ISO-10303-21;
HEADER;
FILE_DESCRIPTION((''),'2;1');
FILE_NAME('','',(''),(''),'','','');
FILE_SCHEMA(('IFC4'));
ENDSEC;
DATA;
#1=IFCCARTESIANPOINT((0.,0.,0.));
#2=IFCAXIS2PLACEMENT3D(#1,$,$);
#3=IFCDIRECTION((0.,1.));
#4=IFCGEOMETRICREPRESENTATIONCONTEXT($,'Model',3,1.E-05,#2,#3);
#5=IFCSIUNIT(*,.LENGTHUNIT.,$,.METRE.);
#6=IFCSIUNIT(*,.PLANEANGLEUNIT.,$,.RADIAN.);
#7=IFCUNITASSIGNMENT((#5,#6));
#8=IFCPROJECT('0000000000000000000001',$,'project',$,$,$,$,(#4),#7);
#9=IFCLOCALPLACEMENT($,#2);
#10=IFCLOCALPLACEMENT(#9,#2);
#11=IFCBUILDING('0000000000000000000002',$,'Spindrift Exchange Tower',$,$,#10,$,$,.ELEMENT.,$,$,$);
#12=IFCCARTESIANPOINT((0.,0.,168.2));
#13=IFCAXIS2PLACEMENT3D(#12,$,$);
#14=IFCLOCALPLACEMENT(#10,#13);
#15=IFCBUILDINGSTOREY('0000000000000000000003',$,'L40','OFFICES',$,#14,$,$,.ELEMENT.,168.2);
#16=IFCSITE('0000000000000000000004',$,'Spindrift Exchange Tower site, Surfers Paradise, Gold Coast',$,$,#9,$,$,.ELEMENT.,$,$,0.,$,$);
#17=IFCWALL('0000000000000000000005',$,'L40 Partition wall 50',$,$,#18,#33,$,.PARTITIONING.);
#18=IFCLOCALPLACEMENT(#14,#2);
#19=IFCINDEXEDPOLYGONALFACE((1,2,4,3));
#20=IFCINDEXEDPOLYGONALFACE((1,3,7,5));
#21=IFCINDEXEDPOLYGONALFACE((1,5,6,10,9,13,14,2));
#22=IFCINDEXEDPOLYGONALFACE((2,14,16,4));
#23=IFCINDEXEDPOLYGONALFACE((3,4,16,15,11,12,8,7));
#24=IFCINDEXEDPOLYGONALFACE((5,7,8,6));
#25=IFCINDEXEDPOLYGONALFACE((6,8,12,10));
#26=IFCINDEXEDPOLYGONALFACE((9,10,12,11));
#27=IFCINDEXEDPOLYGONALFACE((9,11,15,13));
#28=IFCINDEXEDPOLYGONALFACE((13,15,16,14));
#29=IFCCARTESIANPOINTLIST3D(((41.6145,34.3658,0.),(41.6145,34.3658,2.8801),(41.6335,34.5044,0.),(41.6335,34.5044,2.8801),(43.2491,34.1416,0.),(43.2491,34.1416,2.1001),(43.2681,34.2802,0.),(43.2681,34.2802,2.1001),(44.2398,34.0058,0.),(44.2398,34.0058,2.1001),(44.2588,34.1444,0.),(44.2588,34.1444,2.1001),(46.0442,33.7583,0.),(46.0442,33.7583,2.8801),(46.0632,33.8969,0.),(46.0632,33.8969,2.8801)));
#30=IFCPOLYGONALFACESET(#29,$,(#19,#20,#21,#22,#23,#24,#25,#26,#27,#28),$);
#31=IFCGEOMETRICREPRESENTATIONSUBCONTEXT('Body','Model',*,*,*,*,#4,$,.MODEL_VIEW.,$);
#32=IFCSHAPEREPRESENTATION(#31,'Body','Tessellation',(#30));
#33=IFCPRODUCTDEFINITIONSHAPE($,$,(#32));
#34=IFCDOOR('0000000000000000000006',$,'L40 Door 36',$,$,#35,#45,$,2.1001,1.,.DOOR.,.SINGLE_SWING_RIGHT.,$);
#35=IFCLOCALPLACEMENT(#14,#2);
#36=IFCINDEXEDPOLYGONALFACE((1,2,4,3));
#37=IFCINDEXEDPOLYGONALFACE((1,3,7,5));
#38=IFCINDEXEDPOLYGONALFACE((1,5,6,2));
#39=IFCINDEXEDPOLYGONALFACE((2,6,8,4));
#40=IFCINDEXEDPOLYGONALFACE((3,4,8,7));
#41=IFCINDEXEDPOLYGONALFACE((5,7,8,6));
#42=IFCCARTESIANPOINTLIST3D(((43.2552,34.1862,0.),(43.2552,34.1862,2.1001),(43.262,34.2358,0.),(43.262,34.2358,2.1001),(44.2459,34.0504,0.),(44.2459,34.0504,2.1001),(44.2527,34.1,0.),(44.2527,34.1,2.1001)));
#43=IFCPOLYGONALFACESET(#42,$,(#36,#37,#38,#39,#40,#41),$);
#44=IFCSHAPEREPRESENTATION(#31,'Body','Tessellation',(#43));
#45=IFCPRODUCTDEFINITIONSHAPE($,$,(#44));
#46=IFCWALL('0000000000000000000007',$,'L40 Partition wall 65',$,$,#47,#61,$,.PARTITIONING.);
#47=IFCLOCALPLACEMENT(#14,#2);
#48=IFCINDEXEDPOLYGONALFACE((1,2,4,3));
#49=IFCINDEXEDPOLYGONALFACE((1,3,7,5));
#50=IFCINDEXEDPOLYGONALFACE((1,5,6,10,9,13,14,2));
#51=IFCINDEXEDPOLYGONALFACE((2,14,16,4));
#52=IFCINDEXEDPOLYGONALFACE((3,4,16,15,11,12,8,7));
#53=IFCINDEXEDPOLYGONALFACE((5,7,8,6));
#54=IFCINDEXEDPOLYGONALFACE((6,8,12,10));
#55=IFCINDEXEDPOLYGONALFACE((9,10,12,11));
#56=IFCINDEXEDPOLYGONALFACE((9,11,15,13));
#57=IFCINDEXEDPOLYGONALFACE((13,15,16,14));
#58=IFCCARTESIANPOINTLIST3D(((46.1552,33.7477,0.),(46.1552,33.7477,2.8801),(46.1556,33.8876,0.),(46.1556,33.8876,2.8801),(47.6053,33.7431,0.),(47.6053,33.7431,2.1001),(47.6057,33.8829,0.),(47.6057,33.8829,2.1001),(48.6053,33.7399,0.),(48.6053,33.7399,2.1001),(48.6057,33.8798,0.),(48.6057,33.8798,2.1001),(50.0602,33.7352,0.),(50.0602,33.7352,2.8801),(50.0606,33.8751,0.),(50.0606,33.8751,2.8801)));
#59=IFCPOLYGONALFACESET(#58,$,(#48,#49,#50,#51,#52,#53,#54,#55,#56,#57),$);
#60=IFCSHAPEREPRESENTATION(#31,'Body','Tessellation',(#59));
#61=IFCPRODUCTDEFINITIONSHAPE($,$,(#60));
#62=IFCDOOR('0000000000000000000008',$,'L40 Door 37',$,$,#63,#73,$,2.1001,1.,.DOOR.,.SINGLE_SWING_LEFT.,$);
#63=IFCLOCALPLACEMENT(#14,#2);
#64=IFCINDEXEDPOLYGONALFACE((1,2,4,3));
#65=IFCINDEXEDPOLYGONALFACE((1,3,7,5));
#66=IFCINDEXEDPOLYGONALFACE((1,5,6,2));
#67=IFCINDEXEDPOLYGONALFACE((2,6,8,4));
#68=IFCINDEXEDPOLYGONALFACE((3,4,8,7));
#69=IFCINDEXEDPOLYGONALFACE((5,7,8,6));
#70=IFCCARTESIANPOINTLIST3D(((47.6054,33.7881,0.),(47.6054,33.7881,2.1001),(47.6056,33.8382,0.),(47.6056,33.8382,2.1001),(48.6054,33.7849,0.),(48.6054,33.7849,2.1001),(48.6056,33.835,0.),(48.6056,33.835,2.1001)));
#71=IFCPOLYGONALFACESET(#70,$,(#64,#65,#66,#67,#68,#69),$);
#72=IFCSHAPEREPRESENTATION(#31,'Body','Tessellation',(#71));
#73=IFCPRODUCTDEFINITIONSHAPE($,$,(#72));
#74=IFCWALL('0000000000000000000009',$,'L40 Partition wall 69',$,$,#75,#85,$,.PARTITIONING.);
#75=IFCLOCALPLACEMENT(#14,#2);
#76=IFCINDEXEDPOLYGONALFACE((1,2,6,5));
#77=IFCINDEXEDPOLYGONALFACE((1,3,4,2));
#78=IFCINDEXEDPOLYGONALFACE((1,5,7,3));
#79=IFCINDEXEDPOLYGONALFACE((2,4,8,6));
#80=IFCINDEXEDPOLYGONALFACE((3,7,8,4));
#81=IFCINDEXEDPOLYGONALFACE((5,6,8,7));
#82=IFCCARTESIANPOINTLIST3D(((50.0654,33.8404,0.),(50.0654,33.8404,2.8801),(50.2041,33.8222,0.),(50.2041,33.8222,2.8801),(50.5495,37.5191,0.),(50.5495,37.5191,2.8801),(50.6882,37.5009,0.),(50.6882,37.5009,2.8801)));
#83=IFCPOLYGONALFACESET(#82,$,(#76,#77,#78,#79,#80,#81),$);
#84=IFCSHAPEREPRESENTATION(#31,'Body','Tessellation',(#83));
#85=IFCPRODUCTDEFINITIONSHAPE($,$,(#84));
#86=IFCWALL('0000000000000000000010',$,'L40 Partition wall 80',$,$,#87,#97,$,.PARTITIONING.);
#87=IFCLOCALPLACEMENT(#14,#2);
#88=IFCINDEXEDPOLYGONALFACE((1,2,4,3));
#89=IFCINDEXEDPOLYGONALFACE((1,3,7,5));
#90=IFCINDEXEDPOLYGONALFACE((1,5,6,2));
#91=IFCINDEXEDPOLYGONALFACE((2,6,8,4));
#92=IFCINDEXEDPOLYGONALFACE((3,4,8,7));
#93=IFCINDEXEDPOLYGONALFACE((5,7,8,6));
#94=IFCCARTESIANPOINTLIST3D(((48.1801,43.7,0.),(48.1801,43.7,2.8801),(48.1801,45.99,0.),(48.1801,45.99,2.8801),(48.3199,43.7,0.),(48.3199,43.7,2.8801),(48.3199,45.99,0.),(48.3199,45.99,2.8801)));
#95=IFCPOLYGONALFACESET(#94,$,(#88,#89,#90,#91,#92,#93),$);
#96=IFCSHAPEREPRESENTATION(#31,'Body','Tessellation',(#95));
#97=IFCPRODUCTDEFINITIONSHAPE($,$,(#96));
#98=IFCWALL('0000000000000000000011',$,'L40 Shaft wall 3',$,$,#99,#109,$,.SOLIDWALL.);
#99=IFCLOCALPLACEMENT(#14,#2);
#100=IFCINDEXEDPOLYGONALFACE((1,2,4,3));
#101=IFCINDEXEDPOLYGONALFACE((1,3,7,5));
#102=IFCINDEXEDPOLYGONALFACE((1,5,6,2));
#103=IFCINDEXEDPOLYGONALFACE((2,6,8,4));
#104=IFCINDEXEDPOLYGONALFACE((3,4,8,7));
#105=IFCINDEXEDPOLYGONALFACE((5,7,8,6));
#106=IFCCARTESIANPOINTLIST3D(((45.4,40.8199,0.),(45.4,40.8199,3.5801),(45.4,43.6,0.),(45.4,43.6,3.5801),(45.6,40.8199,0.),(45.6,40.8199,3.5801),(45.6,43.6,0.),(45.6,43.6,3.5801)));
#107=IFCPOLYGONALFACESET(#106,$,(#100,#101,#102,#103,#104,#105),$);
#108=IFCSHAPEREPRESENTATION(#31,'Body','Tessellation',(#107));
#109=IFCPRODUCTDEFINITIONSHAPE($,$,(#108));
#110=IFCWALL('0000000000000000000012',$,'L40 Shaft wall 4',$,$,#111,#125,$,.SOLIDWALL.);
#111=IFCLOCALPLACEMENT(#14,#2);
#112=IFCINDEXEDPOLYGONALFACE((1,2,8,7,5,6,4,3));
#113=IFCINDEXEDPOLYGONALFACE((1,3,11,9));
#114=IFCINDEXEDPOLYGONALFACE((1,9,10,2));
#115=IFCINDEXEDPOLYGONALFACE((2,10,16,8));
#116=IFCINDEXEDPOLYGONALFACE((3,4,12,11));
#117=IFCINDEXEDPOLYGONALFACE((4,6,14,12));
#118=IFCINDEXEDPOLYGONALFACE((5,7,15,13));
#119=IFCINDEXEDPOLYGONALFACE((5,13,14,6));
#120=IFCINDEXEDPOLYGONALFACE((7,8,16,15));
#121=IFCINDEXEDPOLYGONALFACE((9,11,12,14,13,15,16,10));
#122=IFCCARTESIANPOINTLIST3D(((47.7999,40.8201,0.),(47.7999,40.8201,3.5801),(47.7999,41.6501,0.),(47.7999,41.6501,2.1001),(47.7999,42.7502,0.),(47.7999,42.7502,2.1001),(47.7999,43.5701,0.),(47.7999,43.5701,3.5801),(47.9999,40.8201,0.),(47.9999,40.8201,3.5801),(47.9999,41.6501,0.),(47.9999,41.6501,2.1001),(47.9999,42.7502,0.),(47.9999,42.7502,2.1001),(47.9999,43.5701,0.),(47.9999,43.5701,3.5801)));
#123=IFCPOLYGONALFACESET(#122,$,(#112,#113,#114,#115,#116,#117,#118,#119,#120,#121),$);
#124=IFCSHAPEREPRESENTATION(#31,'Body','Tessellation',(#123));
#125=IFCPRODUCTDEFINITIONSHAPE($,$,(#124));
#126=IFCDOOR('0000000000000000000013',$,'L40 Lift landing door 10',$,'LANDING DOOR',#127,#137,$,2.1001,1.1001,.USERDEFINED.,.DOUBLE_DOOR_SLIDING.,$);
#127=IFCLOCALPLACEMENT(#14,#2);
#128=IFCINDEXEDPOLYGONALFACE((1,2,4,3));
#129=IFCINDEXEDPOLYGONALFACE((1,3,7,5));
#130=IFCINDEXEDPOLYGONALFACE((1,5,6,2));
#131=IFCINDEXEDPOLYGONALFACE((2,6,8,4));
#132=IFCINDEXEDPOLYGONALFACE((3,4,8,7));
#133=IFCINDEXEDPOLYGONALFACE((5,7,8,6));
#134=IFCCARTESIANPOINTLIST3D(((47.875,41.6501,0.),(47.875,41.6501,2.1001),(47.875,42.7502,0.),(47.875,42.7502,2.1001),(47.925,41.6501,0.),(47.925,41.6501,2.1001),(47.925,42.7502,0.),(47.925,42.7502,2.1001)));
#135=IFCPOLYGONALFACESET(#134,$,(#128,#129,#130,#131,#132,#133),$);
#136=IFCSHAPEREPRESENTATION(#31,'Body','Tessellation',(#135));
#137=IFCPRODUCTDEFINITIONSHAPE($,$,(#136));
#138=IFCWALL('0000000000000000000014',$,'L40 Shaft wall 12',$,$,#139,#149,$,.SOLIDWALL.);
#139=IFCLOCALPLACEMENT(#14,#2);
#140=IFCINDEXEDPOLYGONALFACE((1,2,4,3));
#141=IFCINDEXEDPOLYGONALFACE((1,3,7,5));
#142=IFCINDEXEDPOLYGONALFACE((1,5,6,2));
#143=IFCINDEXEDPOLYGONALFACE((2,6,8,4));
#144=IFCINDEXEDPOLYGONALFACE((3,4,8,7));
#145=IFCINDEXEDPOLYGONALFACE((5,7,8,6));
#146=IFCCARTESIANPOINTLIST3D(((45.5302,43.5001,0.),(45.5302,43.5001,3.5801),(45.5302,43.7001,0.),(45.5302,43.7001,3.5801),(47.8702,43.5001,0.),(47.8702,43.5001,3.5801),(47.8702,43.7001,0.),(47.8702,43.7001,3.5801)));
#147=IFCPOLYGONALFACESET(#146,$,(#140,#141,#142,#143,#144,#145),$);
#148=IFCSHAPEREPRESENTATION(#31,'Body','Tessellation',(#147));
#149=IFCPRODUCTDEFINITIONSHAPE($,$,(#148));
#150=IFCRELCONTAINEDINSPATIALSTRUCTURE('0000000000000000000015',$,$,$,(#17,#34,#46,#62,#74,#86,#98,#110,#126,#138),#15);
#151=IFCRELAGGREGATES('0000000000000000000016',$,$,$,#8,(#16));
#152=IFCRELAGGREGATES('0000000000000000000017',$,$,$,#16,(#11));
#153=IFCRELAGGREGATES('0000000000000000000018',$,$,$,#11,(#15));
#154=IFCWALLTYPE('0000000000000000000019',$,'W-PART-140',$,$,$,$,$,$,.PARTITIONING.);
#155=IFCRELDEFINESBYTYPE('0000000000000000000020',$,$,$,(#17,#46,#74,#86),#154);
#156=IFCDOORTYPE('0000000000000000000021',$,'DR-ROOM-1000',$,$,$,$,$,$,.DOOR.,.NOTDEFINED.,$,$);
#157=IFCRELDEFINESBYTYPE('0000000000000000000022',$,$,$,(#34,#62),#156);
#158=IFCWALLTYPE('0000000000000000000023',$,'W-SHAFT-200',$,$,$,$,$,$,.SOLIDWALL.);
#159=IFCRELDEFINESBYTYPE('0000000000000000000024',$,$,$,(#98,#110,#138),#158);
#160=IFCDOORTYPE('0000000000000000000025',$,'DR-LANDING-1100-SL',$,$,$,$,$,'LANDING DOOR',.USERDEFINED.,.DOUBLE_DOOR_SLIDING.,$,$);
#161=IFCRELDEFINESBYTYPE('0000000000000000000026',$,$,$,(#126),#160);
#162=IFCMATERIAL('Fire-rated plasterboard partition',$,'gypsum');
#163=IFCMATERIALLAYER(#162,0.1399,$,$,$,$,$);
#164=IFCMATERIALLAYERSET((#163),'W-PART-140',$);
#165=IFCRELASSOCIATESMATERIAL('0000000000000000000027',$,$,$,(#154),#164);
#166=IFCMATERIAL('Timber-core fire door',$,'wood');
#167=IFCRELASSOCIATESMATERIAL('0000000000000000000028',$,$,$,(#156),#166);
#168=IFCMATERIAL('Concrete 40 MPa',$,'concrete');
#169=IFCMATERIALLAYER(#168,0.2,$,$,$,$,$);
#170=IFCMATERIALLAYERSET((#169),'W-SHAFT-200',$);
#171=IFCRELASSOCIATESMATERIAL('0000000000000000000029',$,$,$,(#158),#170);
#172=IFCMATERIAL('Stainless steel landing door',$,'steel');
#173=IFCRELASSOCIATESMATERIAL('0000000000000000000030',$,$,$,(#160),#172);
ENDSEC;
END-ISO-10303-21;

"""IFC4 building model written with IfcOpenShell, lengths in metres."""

from ifc_helpers import new_model, si_unit, direction, frame, frame_2d, origin, place, context, subcontext, project, spatial, rectangle, extrude, source, transform, mapped, material, layer, layer_set, type_object, element, fill, save


model = new_model("IFC4")

# Units and contexts
model_context = context("Model", 3, precision=1e-05, world=origin(), true_north=direction((0.0, 1.0)))
body_context = subcontext(model_context, "Body", "Model", "MODEL_VIEW")
ifc_project = project(units=[si_unit("LENGTHUNIT", "METRE"), si_unit("PLANEANGLEUNIT", "RADIAN")], contexts=[model_context])

# Site, building, storey
site_placement = place(None, origin())
site = spatial("IfcSite", under=ifc_project, at=site_placement, Name="Spindrift Exchange Tower site, Surfers Paradise, Gold Coast", CompositionType="ELEMENT", RefElevation=0.0)
building_placement = place(site_placement, origin())
building = spatial("IfcBuilding", under=site, at=building_placement, Name="Spindrift Exchange Tower", CompositionType="ELEMENT")
storey_placement = place(building_placement, frame((0.0, 0.0, 168.2)))
storey = spatial("IfcBuildingStorey", under=building, at=storey_placement, Name="L40", Description="OFFICES", CompositionType="ELEMENT", Elevation=168.2)

# Shared definitions
ifc_material_1 = material(Name="Fire-rated plasterboard partition", Category="gypsum")
ifc_layer_1 = layer(ifc_material_1, 0.1399)
ifc_layer_set_1 = layer_set([ifc_layer_1], Name="W-PART-140")
wall_type_1 = type_object("IfcWallType", Name="W-PART-140", PredefinedType="PARTITIONING", material=ifc_layer_set_1)

# Walls, openings, doors
wall_1_placement = place(storey_placement, frame((46.0537, 33.8276, 0.0), z_axis=(0.0, 0.0, 1.0), x_axis=(-0.990729, 0.135854, 0.0)))
wall_1 = element("IfcWall", 1, at=wall_1_placement, inside=storey, type_object=wall_type_1, Name="L40 Partition wall 50", PredefinedType="PARTITIONING", context=body_context, shape_type="SweptSolid", body=[
    extrude(rectangle(XDim=4.4712, YDim=0.1399, at=frame_2d((2.2356, 0.0))), origin(), (0.0, 0.0, 1.0), 2.8801),
])
opening_1_placement = place(wall_1_placement, frame((1.8213, 0.0, 0.0)))
opening_1 = element("IfcOpeningElement", 2, at=opening_1_placement, cuts=wall_1, PredefinedType="OPENING", context=body_context, shape_type="SweptSolid", body=[
    extrude(rectangle(XDim=1.0, YDim=2.1001, at=frame_2d((0.5, 1.05))), frame((0.0, 0.0798, 0.0), z_axis=(0.0, -1.0, 0.0), x_axis=(1.0, 0.0, 0.0)), (0.0, 0.0, 1.0), 0.1599),
])
ifc_material_2 = material(Name="Timber-core fire door", Category="wood")
door_type_1 = type_object("IfcDoorType", Name="DR-ROOM-1000", OperationType="NOTDEFINED", PredefinedType="DOOR", material=ifc_material_2)
shared_shape_1 = source(origin(), body_context, "Body", "SweptSolid", [
    extrude(rectangle(XDim=1.0, YDim=2.1001, at=frame_2d((0.5, 1.05))), frame((0.0, 0.0249, 0.0), z_axis=(0.0, -1.0, 0.0), x_axis=(1.0, 0.0, 0.0)), (0.0, 0.0, 1.0), 0.05),
])
door_1_placement = place(opening_1_placement, origin())
door_1 = element("IfcDoor", 3, at=door_1_placement, inside=storey, type_object=door_type_1, Name="L40 Door 36", OperationType="SINGLE_SWING_RIGHT", OverallHeight=2.1001, OverallWidth=1.0, PredefinedType="DOOR", context=body_context, shape_type="MappedRepresentation", body=[
    mapped(shared_shape_1, transform((0.0, 0.0, 0.0), scale=1.0)),
])
fill(opening_1, door_1)
wall_2_placement = place(storey_placement, frame((50.0605, 33.8052, 0.0), z_axis=(0.0, 0.0, 1.0), x_axis=(-0.999995, 0.003188, 0.0)))
wall_2 = element("IfcWall", 4, at=wall_2_placement, inside=storey, type_object=wall_type_1, Name="L40 Partition wall 65", PredefinedType="PARTITIONING", context=body_context, shape_type="SweptSolid", body=[
    extrude(rectangle(XDim=3.905, YDim=0.1399, at=frame_2d((1.9526, 0.0))), origin(), (0.0, 0.0, 1.0), 2.8801),
])
opening_2_placement = place(wall_2_placement, frame((1.4551, 0.0, 0.0)))
opening_2 = element("IfcOpeningElement", 5, at=opening_2_placement, cuts=wall_2, PredefinedType="OPENING", context=body_context, shape_type="SweptSolid", body=[
    extrude(rectangle(XDim=1.0, YDim=2.1001, at=frame_2d((0.5, 1.05))), frame((0.0, 0.0798, 0.0), z_axis=(0.0, -1.0, 0.0), x_axis=(1.0, 0.0, 0.0)), (0.0, 0.0, 1.0), 0.1599),
])
door_2_placement = place(opening_2_placement, origin())
door_2 = element("IfcDoor", 6, at=door_2_placement, inside=storey, type_object=door_type_1, Name="L40 Door 37", OperationType="SINGLE_SWING_LEFT", OverallHeight=2.1001, OverallWidth=1.0, PredefinedType="DOOR", context=body_context, shape_type="MappedRepresentation", body=[
    mapped(shared_shape_1, transform((0.0, 0.0, 0.0), scale=1.0)),
])
fill(opening_2, door_2)

# Walls
wall_3_placement = place(storey_placement, frame((50.6189, 37.51, 0.0), z_axis=(0.0, 0.0, 1.0), x_axis=(-0.130478, -0.991451, 0.0)))
element("IfcWall", 7, at=wall_3_placement, inside=storey, type_object=wall_type_1, Name="L40 Partition wall 69", PredefinedType="PARTITIONING", context=body_context, shape_type="SweptSolid", body=[
    extrude(rectangle(XDim=3.7104, YDim=0.1399, at=frame_2d((1.8552, 0.0))), origin(), (0.0, 0.0, 1.0), 2.8801),
])
wall_4_placement = place(storey_placement, frame((48.25, 43.7, 0.0), z_axis=(0.0, 0.0, 1.0), x_axis=(0.0, 1.0, 0.0)))
element("IfcWall", 8, at=wall_4_placement, inside=storey, type_object=wall_type_1, Name="L40 Partition wall 80", PredefinedType="PARTITIONING", context=body_context, shape_type="SweptSolid", body=[
    extrude(rectangle(XDim=2.29, YDim=0.1399, at=frame_2d((1.145, 0.0))), origin(), (0.0, 0.0, 1.0), 2.8801),
])
ifc_material_3 = material(Name="Concrete 40 MPa", Category="concrete")
ifc_layer_2 = layer(ifc_material_3, 0.2)
ifc_layer_set_2 = layer_set([ifc_layer_2], Name="W-SHAFT-200")
wall_type_2 = type_object("IfcWallType", Name="W-SHAFT-200", PredefinedType="SOLIDWALL", material=ifc_layer_set_2)
wall_5_placement = place(storey_placement, frame((45.5, 43.6001, 0.0), z_axis=(0.0, 0.0, 1.0), x_axis=(0.0, -1.0, 0.0)))
element("IfcWall", 9, at=wall_5_placement, inside=storey, type_object=wall_type_2, Name="L40 Shaft wall 3", PredefinedType="SOLIDWALL", context=body_context, shape_type="SweptSolid", body=[
    extrude(rectangle(XDim=2.78, YDim=0.2, at=frame_2d((1.3901, 0.0))), origin(), (0.0, 0.0, 1.0), 3.5801),
])

# Wall, opening, door
wall_6_placement = place(storey_placement, frame((47.8999, 40.8201, 0.0), z_axis=(0.0, 0.0, 1.0), x_axis=(0.0, 1.0, 0.0)))
wall_6 = element("IfcWall", 10, at=wall_6_placement, inside=storey, type_object=wall_type_2, Name="L40 Shaft wall 4", PredefinedType="SOLIDWALL", context=body_context, shape_type="SweptSolid", body=[
    extrude(rectangle(XDim=2.75, YDim=0.2, at=frame_2d((1.375, 0.0))), origin(), (0.0, 0.0, 1.0), 3.5801),
])
opening_3_placement = place(wall_6_placement, frame((0.8301, 0.0, 0.0)))
opening_3 = element("IfcOpeningElement", 11, at=opening_3_placement, cuts=wall_6, PredefinedType="OPENING", context=body_context, shape_type="SweptSolid", body=[
    extrude(rectangle(XDim=1.1001, YDim=2.1001, at=frame_2d((0.55, 1.05))), frame((0.0, 0.1099, 0.0), z_axis=(0.0, -1.0, 0.0), x_axis=(1.0, 0.0, 0.0)), (0.0, 0.0, 1.0), 0.22),
])
ifc_material_4 = material(Name="Stainless steel landing door", Category="steel")
door_type_2 = type_object("IfcDoorType", Name="DR-LANDING-1100-SL", ElementType="LANDING DOOR", OperationType="DOUBLE_DOOR_SLIDING", PredefinedType="USERDEFINED", material=ifc_material_4)
shared_shape_2 = source(origin(), body_context, "Body", "SweptSolid", [
    extrude(rectangle(XDim=1.1001, YDim=2.1001, at=frame_2d((0.55, 1.05))), frame((0.0, 0.0249, 0.0), z_axis=(0.0, -1.0, 0.0), x_axis=(1.0, 0.0, 0.0)), (0.0, 0.0, 1.0), 0.05),
])
door_3_placement = place(opening_3_placement, origin())
door_3 = element("IfcDoor", 12, at=door_3_placement, inside=storey, type_object=door_type_2, Name="L40 Lift landing door 10", ObjectType="LANDING DOOR", OperationType="DOUBLE_DOOR_SLIDING", OverallHeight=2.1001, OverallWidth=1.1001, PredefinedType="USERDEFINED", context=body_context, shape_type="MappedRepresentation", body=[
    mapped(shared_shape_2, transform((0.0, 0.0, 0.0), scale=1.0)),
])
fill(opening_3, door_3)

# Wall
wall_7_placement = place(storey_placement, frame((47.8701, 43.6001, 0.0), z_axis=(0.0, 0.0, 1.0), x_axis=(-1.0, 0.0, 0.0)))
element("IfcWall", 13, at=wall_7_placement, inside=storey, type_object=wall_type_2, Name="L40 Shaft wall 12", PredefinedType="SOLIDWALL", context=body_context, shape_type="SweptSolid", body=[
    extrude(rectangle(XDim=2.3401, YDim=0.2, at=frame_2d((1.1699, 0.0))), origin(), (0.0, 0.0, 1.0), 3.5801),
])

save(model, "model.ifc")
